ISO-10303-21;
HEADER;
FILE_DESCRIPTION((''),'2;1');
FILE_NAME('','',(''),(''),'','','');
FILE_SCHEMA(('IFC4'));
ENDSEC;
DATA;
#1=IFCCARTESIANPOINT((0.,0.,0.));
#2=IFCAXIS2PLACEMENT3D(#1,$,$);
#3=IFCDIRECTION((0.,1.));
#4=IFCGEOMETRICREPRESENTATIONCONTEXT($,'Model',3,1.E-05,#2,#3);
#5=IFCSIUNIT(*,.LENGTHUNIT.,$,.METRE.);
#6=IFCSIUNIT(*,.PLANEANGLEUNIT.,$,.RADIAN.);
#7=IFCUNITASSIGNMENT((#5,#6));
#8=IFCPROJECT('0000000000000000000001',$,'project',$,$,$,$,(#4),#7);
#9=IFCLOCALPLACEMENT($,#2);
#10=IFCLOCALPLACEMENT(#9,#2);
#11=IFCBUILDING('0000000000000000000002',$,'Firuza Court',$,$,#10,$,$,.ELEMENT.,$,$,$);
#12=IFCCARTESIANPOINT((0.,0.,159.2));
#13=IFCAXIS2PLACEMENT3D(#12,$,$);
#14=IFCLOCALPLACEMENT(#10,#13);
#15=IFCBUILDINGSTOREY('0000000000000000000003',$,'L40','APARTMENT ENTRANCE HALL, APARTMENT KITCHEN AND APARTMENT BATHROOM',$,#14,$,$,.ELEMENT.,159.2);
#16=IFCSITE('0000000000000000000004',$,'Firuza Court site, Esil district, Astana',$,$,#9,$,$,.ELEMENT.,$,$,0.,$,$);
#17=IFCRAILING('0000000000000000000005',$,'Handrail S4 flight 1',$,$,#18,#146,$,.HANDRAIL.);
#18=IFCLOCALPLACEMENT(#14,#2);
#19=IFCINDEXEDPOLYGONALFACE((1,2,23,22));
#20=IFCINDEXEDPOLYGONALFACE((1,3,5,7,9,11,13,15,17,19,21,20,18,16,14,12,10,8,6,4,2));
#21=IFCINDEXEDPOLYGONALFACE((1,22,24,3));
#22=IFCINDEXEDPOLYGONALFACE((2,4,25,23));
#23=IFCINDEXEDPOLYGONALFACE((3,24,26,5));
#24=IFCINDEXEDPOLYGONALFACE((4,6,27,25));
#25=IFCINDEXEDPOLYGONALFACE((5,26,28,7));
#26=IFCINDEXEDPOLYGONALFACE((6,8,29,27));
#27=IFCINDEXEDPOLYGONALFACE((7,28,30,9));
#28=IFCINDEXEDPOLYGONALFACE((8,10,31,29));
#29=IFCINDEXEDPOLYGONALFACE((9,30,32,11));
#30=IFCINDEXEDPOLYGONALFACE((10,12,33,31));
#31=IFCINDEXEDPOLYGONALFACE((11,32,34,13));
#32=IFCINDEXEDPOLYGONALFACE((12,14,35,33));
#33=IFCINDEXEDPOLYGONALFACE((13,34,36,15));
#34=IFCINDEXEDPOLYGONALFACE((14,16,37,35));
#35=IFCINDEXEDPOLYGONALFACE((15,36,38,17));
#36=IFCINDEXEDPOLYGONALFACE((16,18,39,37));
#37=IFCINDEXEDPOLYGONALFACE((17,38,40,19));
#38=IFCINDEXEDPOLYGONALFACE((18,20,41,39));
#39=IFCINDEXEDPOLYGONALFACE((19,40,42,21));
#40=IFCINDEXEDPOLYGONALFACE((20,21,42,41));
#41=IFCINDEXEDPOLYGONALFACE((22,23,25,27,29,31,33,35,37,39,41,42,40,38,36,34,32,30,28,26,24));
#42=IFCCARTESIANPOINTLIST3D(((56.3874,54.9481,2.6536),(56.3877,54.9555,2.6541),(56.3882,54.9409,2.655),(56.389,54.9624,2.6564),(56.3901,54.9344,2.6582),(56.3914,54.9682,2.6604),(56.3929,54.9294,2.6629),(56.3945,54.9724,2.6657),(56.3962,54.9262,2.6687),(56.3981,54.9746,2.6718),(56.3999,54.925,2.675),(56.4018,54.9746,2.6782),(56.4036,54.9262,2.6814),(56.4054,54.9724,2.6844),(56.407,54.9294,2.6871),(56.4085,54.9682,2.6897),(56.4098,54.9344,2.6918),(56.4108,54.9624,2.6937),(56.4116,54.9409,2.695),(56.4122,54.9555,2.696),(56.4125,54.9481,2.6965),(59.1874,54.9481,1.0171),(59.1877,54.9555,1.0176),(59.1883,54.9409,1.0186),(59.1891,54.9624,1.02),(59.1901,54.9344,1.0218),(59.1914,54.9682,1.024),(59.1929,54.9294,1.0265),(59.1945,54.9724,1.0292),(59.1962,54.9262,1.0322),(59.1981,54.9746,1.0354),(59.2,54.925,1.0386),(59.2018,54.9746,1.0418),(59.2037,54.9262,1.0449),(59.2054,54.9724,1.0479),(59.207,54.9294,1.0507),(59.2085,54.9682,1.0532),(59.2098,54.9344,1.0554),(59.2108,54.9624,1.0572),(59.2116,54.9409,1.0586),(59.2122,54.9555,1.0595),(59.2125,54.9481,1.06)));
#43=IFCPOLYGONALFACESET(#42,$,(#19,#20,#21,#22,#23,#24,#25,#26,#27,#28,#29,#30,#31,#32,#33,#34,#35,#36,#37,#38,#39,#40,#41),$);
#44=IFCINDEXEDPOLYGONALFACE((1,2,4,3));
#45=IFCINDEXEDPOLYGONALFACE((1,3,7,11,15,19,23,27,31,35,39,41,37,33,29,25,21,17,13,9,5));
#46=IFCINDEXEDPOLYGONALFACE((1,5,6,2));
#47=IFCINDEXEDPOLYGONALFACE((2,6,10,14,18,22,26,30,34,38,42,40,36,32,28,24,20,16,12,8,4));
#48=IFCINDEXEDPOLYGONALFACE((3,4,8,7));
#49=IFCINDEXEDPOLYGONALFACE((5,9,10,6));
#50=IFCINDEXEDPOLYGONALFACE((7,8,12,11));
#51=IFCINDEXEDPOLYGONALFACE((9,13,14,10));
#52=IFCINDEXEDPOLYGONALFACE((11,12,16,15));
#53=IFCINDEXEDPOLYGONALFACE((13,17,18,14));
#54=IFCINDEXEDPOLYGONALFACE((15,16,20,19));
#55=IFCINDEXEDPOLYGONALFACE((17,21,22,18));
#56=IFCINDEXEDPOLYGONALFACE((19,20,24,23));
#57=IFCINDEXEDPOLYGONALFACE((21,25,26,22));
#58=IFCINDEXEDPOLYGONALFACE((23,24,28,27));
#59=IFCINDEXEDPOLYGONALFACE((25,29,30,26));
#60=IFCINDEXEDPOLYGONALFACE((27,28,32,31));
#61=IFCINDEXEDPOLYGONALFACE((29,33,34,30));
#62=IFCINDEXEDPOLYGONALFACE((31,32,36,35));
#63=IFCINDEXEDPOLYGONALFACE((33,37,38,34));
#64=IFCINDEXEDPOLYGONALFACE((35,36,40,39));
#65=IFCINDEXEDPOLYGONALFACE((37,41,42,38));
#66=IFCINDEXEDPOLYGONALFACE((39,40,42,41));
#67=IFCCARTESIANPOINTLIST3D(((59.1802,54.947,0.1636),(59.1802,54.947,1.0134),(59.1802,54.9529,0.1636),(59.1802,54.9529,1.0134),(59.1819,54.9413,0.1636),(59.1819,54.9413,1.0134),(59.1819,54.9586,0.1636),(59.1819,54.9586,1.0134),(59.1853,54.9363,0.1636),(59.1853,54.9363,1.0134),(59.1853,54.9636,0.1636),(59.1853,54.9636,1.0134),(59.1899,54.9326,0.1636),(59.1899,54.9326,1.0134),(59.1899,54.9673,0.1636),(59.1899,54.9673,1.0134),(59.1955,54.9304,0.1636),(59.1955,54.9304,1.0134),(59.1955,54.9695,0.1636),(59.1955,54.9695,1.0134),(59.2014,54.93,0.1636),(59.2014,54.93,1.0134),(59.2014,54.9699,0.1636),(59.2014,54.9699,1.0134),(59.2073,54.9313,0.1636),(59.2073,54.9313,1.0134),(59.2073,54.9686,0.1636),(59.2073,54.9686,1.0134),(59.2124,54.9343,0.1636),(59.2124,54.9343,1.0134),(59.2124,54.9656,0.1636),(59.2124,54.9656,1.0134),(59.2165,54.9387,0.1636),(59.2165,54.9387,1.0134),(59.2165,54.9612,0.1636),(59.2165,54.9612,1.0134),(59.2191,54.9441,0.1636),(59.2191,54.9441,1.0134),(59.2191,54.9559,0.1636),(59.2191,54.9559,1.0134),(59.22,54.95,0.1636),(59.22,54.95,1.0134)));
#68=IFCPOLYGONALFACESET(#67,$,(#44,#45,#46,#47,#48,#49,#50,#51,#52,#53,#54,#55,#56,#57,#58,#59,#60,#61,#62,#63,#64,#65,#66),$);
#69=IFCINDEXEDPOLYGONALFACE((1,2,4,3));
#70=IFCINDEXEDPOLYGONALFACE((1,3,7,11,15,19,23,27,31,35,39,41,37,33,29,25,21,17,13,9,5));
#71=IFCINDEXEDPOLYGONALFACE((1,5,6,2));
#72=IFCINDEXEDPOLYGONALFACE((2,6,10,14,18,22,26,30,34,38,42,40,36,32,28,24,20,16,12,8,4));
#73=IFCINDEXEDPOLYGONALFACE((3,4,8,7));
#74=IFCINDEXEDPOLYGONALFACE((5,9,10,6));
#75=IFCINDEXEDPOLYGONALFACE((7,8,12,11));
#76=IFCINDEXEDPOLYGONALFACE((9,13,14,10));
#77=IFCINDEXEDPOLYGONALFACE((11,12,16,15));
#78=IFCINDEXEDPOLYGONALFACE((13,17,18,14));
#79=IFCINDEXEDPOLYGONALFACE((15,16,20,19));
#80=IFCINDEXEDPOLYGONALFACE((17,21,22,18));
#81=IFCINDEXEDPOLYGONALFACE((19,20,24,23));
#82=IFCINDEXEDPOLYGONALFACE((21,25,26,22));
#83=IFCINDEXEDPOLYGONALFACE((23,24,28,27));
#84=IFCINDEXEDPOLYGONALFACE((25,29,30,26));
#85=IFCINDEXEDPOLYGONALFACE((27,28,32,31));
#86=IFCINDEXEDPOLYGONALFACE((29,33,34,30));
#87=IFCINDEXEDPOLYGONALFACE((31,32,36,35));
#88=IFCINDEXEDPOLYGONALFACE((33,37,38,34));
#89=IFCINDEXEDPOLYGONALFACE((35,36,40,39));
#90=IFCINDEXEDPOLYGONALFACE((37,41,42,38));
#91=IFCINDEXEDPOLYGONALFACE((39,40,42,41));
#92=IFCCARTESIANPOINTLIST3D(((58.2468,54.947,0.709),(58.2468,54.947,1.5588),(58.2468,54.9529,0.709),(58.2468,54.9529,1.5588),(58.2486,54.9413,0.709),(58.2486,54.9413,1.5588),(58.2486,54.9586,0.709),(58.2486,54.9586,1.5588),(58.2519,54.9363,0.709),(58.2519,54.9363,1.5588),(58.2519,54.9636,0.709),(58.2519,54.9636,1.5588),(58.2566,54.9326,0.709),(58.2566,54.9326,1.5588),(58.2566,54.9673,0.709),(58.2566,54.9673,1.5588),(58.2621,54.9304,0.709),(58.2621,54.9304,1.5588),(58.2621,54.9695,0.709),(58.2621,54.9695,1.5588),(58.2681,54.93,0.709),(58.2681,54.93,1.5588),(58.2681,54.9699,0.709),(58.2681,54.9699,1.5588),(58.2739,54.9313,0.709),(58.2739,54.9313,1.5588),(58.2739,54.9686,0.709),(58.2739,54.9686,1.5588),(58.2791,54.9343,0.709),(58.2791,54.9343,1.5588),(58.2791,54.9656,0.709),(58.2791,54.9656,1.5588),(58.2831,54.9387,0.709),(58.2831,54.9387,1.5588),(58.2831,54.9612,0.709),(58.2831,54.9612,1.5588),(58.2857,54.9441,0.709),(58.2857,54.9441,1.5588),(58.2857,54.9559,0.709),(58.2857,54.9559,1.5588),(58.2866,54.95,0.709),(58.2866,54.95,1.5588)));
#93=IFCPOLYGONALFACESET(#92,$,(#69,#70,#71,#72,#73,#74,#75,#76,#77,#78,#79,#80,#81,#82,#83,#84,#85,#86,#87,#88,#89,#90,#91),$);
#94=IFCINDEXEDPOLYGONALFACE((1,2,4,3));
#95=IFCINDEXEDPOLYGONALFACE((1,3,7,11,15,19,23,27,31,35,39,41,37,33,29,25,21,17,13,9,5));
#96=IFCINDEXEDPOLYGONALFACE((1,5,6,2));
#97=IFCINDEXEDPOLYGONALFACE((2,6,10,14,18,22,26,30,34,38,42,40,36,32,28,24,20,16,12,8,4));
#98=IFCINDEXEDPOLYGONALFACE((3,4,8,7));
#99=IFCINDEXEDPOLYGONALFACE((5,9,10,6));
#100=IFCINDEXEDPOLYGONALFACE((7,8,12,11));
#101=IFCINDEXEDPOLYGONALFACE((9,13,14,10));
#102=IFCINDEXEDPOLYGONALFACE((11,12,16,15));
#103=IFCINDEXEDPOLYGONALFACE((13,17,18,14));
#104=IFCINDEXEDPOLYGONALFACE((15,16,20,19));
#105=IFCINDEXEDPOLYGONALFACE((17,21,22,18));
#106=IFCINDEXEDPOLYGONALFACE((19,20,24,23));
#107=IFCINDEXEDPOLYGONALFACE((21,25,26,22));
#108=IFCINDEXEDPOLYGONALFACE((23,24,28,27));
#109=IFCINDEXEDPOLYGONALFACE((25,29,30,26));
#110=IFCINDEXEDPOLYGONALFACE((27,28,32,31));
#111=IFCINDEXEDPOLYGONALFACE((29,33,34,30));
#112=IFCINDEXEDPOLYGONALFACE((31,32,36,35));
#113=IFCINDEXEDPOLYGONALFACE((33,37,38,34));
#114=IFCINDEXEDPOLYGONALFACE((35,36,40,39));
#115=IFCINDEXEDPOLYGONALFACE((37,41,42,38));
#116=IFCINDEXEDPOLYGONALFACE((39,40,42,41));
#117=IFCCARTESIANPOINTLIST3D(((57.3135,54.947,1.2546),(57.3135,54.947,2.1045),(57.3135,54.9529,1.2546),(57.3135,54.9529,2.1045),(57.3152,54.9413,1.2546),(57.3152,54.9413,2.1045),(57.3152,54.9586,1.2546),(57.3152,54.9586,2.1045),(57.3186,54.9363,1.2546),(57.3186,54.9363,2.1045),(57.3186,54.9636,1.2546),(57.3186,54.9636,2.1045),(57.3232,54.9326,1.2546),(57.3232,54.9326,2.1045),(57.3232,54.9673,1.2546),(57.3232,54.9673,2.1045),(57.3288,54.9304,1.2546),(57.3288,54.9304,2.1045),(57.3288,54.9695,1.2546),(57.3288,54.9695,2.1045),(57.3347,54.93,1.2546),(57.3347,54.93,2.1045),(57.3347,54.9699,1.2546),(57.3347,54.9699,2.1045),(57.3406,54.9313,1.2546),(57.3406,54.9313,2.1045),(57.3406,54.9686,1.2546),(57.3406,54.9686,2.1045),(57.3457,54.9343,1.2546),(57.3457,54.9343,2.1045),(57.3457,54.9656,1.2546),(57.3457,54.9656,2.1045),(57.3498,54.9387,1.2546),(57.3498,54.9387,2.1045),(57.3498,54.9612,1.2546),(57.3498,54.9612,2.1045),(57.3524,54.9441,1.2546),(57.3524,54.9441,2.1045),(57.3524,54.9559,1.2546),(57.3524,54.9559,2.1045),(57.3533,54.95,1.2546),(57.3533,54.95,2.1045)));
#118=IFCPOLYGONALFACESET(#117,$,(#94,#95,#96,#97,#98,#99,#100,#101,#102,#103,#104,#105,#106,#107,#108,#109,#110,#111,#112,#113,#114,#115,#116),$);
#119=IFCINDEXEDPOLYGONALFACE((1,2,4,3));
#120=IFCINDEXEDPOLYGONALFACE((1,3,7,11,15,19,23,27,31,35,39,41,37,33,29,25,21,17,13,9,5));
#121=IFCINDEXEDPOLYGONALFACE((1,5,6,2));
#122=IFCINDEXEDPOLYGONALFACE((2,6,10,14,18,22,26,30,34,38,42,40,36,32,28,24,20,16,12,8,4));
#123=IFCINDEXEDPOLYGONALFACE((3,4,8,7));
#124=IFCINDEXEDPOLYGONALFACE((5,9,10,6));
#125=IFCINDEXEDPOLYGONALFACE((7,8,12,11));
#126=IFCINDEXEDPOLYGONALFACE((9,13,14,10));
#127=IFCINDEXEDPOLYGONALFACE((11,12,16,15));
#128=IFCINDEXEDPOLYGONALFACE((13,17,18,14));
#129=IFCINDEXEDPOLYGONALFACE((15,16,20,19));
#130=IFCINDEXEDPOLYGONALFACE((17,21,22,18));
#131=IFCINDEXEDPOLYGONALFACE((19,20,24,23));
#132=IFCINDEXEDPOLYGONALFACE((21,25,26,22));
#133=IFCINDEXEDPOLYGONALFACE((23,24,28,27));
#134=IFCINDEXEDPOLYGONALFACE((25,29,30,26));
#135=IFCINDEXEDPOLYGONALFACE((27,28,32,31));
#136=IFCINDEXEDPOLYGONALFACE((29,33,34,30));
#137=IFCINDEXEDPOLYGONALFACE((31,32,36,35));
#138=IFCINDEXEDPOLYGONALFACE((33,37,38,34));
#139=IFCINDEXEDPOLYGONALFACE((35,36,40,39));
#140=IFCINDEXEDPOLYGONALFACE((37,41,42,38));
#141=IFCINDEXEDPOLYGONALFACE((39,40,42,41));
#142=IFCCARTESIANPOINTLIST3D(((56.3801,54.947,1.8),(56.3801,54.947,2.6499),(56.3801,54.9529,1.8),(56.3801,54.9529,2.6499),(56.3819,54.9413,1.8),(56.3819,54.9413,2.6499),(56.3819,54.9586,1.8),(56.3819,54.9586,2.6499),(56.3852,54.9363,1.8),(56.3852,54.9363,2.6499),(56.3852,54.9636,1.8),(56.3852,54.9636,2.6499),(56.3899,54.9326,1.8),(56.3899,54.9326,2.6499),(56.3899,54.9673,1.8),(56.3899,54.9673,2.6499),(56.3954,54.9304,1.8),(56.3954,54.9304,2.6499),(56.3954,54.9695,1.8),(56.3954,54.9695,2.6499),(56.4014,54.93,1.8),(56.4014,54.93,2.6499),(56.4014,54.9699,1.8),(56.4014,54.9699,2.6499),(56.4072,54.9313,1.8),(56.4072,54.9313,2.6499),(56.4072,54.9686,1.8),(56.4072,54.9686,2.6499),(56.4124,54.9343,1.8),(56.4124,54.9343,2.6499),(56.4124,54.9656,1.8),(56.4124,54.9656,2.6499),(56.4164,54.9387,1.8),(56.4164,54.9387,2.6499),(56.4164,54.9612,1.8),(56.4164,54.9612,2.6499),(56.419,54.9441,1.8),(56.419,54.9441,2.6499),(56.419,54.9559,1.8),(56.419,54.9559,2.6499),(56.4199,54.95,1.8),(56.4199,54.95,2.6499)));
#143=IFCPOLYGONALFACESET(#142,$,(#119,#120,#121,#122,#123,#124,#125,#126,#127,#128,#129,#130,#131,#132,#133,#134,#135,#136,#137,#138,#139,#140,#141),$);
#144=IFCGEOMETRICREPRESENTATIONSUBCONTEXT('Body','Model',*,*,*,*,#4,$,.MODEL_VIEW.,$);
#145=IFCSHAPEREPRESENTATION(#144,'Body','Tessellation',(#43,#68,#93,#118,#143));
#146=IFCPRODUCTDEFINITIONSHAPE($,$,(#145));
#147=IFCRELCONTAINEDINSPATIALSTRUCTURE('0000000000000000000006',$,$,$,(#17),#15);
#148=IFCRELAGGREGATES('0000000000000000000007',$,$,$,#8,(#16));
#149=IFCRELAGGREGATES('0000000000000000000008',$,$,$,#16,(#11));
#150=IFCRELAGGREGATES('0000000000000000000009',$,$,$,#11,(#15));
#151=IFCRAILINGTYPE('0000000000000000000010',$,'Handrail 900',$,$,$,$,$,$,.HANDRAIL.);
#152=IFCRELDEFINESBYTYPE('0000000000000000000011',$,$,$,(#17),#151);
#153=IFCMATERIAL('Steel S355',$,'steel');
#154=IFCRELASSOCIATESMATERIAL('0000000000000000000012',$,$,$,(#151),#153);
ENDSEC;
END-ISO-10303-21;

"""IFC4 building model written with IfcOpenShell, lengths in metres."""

from ifc_helpers import new_model, si_unit, direction, frame, origin, origin_2d, place, context, subcontext, project, spatial, circle, extrude, material, type_object, element, save


model = new_model("IFC4")

# Units and contexts
model_context = context("Model", 3, precision=1e-05, world=origin(), true_north=direction((0.0, 1.0)))
body_context = subcontext(model_context, "Body", "Model", "MODEL_VIEW")
ifc_project = project(units=[si_unit("LENGTHUNIT", "METRE"), si_unit("PLANEANGLEUNIT", "RADIAN")], contexts=[model_context])

# Site, building, storey
site_placement = place(None, origin())
site = spatial("IfcSite", under=ifc_project, at=site_placement, Name="Firuza Court site, Esil district, Astana", CompositionType="ELEMENT", RefElevation=0.0)
building_placement = place(site_placement, origin())
building = spatial("IfcBuilding", under=site, at=building_placement, Name="Firuza Court", CompositionType="ELEMENT")
storey_placement = place(building_placement, frame((0.0, 0.0, 159.2)))
storey = spatial("IfcBuildingStorey", under=building, at=storey_placement, Name="L40", Description="APARTMENT ENTRANCE HALL, APARTMENT KITCHEN AND APARTMENT BATHROOM", CompositionType="ELEMENT", Elevation=159.2)

# Railing
ifc_material_1 = material(Name="Steel S355", Category="steel")
railing_type_1 = type_object("IfcRailingType", Name="Handrail 900", PredefinedType="HANDRAIL", material=ifc_material_1)
railing_1_placement = place(storey_placement, frame((59.2, 54.95, 0.1636)))
element("IfcRailing", 1, at=railing_1_placement, inside=storey, type_object=railing_type_1, Name="Handrail S4 flight 1", PredefinedType="HANDRAIL", context=body_context, shape_type="SweptSolid", body=[
    extrude(circle(Radius=0.0249, at=origin_2d()), frame((0.0, 0.0, 0.875), z_axis=(-0.863361, 0.0, 0.504587), x_axis=(0.0, -1.0, 0.0)), (0.0, 0.0, 1.0), 3.2432),
    extrude(circle(Radius=0.02, at=origin_2d()), origin(), (0.0, 0.0, 1.0), 0.8499),
    extrude(circle(Radius=0.02, at=origin_2d()), frame((-0.9333, 0.0, 0.5454)), (0.0, 0.0, 1.0), 0.8499),
    extrude(circle(Radius=0.02, at=origin_2d()), frame((-1.8667, 0.0, 1.0911)), (0.0, 0.0, 1.0), 0.8499),
    extrude(circle(Radius=0.02, at=origin_2d()), frame((-2.8, 0.0, 1.6365)), (0.0, 0.0, 1.0), 0.8499),
])

save(model, "model.ifc")
